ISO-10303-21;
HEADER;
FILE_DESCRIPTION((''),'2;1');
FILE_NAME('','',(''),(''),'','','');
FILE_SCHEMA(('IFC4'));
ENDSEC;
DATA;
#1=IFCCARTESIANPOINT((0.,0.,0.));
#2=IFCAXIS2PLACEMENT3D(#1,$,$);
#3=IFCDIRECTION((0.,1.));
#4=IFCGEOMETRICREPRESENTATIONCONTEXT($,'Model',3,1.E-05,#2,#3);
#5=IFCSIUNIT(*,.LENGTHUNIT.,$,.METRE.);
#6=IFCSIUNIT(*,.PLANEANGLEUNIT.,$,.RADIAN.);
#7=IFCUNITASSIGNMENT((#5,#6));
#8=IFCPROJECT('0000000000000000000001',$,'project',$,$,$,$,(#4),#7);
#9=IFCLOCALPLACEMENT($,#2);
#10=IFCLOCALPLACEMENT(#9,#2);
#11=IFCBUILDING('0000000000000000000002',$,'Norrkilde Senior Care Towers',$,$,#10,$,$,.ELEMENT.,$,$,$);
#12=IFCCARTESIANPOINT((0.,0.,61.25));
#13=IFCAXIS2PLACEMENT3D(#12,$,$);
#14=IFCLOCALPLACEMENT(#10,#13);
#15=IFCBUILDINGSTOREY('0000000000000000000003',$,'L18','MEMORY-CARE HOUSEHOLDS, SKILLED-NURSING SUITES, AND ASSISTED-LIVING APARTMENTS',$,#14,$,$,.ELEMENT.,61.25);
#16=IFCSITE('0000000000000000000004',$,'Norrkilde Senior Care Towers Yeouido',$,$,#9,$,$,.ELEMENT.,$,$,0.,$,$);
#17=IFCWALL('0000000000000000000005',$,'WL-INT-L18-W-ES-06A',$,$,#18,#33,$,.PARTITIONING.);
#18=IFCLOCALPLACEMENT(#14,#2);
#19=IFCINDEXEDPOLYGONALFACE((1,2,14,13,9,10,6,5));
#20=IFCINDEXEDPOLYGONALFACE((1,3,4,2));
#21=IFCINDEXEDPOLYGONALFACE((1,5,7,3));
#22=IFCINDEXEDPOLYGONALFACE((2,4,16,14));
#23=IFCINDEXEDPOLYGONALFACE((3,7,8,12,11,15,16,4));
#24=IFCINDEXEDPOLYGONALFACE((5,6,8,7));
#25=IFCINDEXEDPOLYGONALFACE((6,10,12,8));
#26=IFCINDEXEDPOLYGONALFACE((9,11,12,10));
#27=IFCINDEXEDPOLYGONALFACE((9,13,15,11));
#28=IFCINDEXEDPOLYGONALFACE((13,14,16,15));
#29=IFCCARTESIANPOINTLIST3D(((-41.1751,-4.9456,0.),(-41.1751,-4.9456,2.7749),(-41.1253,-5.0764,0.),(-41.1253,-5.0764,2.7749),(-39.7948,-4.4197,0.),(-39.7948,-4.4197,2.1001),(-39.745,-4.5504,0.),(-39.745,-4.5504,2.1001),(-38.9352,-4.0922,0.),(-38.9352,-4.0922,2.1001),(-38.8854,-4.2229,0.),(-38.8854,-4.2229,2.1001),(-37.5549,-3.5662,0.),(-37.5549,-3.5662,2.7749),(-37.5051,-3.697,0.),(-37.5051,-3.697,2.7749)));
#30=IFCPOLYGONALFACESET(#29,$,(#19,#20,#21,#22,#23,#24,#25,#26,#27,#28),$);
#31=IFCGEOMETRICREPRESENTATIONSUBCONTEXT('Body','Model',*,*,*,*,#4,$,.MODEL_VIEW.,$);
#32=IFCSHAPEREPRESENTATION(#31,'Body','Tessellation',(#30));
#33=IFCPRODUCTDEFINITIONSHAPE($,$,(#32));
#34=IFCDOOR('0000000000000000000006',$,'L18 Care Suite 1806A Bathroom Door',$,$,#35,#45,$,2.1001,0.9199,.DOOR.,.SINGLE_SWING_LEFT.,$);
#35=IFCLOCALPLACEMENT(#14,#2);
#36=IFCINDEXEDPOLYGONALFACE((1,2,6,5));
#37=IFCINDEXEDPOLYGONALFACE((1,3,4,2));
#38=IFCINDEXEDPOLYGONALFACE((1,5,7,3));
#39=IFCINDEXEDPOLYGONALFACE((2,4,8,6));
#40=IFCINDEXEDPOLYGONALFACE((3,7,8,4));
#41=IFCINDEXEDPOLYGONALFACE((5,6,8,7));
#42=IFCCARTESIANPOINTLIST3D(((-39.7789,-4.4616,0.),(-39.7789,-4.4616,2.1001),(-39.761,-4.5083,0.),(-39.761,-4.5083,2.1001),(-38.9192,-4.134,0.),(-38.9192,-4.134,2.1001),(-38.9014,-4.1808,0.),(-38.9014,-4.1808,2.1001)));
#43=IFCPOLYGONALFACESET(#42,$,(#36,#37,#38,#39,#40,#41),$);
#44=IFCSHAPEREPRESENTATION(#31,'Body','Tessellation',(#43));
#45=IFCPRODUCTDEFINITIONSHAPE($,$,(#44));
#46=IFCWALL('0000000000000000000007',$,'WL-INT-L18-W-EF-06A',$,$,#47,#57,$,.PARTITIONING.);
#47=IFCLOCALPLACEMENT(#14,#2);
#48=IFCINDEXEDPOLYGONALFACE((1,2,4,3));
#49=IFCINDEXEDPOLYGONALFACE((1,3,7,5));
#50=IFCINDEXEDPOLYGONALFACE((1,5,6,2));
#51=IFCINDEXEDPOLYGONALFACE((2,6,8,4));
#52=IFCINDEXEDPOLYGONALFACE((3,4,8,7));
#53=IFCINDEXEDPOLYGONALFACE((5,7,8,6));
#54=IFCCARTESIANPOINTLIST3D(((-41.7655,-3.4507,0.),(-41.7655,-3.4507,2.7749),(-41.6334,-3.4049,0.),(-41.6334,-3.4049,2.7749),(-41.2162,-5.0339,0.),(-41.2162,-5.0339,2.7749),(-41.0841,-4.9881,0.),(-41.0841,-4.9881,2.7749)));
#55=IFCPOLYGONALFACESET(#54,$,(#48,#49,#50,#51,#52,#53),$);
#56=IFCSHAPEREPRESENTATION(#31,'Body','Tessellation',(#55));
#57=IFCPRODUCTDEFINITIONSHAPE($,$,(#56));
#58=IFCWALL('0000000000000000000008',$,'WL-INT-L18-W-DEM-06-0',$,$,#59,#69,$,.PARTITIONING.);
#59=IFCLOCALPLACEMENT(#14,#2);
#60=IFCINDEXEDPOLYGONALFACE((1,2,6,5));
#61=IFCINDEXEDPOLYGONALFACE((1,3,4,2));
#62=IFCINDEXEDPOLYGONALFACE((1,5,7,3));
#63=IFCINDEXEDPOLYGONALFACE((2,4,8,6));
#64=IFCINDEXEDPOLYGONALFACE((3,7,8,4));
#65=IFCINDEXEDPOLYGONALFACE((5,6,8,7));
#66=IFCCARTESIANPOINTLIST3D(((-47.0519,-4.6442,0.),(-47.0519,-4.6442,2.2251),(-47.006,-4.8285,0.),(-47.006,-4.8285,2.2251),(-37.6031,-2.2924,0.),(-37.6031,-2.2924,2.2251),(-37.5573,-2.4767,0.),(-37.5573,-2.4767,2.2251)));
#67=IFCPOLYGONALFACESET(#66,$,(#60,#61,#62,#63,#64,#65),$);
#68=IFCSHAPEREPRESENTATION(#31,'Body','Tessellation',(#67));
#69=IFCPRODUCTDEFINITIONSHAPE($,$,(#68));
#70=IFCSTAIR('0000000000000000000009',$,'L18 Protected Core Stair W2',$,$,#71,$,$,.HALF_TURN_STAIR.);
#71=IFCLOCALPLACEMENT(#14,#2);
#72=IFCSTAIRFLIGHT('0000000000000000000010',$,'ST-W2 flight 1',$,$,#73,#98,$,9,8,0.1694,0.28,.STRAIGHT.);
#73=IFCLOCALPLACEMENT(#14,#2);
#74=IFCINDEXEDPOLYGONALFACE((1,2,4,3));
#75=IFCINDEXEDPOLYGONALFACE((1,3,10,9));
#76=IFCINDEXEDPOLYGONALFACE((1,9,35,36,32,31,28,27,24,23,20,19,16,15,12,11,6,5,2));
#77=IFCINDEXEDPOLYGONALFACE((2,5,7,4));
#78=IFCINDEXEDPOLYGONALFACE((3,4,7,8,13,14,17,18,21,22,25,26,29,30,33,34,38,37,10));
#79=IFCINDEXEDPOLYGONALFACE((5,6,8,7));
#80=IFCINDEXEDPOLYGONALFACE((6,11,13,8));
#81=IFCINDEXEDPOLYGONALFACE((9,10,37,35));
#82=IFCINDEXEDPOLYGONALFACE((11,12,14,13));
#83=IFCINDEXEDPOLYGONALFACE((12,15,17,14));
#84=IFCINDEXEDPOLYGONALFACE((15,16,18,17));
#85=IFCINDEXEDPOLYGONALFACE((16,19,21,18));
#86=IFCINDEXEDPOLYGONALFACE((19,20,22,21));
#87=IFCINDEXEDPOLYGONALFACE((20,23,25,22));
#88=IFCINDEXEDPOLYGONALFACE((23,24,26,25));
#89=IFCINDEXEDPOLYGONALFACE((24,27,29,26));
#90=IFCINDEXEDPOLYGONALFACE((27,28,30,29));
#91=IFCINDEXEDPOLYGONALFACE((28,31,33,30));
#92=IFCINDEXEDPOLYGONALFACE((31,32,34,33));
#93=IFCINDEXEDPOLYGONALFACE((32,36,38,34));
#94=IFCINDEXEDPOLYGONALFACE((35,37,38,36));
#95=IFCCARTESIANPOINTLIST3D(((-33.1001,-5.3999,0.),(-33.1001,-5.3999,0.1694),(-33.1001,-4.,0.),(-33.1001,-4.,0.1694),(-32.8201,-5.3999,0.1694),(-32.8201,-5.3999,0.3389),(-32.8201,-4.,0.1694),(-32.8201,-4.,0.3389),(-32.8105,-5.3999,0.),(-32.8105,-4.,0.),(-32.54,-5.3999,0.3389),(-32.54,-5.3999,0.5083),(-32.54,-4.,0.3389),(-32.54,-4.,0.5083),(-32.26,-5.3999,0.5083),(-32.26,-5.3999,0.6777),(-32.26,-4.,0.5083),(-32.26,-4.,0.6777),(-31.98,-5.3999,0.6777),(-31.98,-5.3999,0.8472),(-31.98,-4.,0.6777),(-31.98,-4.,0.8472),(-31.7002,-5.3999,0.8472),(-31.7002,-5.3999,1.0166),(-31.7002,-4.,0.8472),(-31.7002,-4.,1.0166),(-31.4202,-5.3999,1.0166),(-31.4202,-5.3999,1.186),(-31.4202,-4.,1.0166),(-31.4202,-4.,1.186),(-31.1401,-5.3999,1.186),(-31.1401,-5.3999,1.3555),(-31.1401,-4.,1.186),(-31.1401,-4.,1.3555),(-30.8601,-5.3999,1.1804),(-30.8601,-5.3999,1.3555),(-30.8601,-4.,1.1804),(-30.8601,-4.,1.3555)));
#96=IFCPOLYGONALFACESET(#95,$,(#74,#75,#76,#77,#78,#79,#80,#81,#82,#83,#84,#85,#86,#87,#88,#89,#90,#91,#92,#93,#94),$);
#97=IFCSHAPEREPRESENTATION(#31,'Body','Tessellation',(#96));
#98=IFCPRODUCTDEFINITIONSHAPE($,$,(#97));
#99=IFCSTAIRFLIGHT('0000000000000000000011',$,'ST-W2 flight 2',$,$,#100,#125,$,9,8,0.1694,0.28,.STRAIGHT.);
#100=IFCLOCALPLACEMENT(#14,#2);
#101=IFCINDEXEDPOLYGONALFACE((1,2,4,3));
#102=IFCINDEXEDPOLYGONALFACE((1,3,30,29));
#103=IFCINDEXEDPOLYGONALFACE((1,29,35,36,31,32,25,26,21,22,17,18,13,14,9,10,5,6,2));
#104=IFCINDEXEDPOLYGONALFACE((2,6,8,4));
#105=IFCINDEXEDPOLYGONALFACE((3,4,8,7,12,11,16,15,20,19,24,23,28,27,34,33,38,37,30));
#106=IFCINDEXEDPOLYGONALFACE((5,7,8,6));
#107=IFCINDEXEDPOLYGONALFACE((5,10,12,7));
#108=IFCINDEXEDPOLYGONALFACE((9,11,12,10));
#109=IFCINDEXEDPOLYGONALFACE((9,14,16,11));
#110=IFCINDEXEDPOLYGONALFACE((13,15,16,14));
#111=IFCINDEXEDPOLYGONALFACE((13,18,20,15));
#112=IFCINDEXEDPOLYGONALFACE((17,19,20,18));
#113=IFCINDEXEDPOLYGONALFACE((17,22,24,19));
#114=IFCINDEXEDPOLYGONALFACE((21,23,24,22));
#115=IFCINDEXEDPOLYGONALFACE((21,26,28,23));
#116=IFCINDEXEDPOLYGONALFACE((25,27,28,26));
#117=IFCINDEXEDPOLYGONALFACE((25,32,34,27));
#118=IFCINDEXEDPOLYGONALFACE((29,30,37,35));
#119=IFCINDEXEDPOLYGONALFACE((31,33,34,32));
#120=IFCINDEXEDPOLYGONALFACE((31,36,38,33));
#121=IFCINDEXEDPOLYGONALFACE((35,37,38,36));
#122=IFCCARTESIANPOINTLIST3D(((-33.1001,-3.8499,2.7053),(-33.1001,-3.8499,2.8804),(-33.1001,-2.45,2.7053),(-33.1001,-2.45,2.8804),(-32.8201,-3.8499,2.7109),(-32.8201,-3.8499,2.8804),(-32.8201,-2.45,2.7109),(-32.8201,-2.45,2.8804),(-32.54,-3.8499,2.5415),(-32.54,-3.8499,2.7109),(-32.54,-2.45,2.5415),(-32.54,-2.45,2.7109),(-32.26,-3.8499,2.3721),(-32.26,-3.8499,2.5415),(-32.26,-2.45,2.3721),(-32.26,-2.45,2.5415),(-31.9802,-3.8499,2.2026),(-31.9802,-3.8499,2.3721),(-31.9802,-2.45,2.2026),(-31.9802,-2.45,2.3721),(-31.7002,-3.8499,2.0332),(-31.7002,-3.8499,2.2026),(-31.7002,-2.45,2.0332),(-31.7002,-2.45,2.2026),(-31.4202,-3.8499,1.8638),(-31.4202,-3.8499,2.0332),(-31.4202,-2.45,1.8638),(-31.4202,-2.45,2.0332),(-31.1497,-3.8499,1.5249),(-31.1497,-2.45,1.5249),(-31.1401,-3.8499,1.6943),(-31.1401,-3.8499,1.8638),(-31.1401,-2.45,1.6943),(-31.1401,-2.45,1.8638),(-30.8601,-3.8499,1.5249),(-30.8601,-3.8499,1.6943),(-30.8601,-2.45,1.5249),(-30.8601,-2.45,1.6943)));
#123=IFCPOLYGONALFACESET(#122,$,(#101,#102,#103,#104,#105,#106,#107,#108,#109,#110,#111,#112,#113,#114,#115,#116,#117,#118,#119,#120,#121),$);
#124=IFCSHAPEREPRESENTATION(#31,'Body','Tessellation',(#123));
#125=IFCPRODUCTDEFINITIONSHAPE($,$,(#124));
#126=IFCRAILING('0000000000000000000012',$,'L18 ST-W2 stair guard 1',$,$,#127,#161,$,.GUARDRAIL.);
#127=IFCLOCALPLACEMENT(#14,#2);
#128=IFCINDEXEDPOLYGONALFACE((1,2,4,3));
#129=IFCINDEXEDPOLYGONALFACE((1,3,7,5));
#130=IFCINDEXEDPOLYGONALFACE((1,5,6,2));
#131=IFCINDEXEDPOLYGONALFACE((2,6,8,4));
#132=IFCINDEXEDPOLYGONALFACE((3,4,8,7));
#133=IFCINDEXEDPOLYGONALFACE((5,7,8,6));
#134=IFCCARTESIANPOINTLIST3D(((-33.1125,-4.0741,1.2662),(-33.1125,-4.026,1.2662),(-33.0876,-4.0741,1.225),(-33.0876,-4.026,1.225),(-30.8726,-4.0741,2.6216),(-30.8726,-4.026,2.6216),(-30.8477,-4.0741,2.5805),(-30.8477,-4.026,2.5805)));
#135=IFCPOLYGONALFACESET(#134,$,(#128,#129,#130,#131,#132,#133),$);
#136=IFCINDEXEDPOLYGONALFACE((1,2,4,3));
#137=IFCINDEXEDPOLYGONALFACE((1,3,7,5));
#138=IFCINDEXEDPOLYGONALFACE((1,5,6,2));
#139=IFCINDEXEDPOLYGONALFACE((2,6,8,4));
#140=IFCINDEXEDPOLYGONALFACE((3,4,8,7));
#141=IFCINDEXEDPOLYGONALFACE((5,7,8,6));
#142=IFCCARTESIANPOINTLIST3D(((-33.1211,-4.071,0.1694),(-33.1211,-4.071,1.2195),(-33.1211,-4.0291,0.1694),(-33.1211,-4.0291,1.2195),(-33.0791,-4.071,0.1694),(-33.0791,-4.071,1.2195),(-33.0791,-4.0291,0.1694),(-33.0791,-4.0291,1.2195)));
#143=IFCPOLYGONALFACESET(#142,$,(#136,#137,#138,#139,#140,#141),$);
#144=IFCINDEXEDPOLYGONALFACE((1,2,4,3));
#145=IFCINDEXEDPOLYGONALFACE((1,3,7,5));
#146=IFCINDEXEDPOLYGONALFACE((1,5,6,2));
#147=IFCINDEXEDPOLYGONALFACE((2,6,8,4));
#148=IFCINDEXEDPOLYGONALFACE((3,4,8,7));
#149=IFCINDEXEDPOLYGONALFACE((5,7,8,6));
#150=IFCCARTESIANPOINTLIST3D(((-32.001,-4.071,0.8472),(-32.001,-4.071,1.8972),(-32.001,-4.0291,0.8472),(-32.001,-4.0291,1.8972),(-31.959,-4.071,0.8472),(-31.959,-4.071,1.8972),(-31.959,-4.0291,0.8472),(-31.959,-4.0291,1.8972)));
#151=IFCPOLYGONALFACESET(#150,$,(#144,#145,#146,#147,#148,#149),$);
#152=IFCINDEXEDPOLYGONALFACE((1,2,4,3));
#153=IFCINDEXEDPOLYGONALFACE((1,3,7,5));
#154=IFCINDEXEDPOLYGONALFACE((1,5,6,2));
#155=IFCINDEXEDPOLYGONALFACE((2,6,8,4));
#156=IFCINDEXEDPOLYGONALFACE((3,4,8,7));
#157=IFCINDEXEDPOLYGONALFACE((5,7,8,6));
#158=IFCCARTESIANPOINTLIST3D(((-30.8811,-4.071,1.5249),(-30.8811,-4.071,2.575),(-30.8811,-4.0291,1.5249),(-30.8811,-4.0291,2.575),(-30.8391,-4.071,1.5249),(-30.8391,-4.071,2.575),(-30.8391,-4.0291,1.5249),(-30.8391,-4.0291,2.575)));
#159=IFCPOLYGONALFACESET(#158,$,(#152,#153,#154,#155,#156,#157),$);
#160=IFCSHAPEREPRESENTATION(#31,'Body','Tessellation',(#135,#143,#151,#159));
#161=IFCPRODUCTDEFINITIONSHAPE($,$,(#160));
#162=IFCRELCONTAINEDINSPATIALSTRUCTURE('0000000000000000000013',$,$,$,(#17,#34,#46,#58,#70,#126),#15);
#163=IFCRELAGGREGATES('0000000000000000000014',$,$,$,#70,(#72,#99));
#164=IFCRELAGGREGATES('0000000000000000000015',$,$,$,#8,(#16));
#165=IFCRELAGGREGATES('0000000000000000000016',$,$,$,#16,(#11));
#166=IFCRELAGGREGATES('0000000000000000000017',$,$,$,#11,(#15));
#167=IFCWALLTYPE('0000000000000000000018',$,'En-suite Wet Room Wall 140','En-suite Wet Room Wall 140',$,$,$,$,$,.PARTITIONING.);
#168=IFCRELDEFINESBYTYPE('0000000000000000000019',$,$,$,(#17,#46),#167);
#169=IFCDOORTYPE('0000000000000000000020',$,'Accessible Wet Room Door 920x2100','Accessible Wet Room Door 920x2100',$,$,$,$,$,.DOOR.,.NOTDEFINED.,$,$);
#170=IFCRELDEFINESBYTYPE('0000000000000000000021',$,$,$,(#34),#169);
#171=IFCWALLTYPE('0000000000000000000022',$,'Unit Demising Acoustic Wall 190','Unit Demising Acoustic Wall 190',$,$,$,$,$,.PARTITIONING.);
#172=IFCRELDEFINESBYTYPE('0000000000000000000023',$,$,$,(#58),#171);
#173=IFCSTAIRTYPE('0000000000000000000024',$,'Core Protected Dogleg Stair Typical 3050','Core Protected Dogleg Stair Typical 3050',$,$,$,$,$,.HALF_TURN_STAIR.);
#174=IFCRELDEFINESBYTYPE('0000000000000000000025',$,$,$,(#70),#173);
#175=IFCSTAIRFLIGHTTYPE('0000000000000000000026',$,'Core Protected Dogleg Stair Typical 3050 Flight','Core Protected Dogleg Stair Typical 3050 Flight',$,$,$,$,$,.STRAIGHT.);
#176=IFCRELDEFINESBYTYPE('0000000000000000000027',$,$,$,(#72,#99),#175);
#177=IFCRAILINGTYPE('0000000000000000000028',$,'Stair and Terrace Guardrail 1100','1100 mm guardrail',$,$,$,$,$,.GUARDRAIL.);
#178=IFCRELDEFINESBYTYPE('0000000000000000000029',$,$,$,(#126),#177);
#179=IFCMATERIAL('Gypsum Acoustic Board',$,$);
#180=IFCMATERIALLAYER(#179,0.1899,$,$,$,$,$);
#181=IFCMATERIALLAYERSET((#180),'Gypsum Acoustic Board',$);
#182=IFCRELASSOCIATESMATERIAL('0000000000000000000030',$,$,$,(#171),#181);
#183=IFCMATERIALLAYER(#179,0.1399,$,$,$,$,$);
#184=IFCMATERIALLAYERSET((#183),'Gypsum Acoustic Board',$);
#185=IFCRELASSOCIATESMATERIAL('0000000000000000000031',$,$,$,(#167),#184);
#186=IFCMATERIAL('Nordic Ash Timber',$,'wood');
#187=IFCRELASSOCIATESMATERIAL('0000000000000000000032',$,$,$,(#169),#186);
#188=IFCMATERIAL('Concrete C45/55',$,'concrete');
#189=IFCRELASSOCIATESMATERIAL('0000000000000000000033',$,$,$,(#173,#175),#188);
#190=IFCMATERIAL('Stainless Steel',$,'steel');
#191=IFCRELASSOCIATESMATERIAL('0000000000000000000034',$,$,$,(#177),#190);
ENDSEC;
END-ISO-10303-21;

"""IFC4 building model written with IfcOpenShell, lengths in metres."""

from ifc_helpers import new_model, si_unit, direction, frame, frame_2d, origin, origin_2d, place, context, subcontext, project, spatial, polyline, rectangle, outline, extrude, source, transform, mapped, material, layer, layer_set, type_object, type_shapes, element, fill, aggregate, save


model = new_model("IFC4")

# Units and contexts
model_context = context("Model", 3, precision=1e-05, world=origin(), true_north=direction((0.0, 1.0)))
body_context = subcontext(model_context, "Body", "Model", "MODEL_VIEW")
ifc_project = project(units=[si_unit("LENGTHUNIT", "METRE"), si_unit("PLANEANGLEUNIT", "RADIAN")], contexts=[model_context])

# Site, building, storey
site_placement = place(None, origin())
site = spatial("IfcSite", under=ifc_project, at=site_placement, Name="Norrkilde Senior Care Towers Yeouido", CompositionType="ELEMENT", RefElevation=0.0)
building_placement = place(site_placement, origin())
building = spatial("IfcBuilding", under=site, at=building_placement, Name="Norrkilde Senior Care Towers", CompositionType="ELEMENT")
storey_placement = place(building_placement, frame((0.0, 0.0, 61.25)))
storey = spatial("IfcBuildingStorey", under=building, at=storey_placement, Name="L18", Description="MEMORY-CARE HOUSEHOLDS, SKILLED-NURSING SUITES, AND ASSISTED-LIVING APARTMENTS", CompositionType="ELEMENT", Elevation=61.25)

# Shared definitions
ifc_material_1 = material(Name="Concrete C45/55", Category="concrete")
ifc_material_2 = material(Name="Stainless Steel", Category="steel")

# Shared definitions
ifc_material_3 = material(Name="Gypsum Acoustic Board")
ifc_layer_1 = layer(ifc_material_3, 0.1899)
ifc_layer_set_1 = layer_set([ifc_layer_1], Name="Gypsum Acoustic Board")
wall_type_1 = type_object("IfcWallType", Name="Unit Demising Acoustic Wall 190", Description="Unit Demising Acoustic Wall 190", PredefinedType="PARTITIONING", material=ifc_layer_set_1)

# Wall, opening, door
ifc_layer_2 = layer(ifc_material_3, 0.1399)
ifc_layer_set_2 = layer_set([ifc_layer_2], Name="Gypsum Acoustic Board")
wall_type_2 = type_object("IfcWallType", Name="En-suite Wet Room Wall 140", Description="En-suite Wet Room Wall 140", PredefinedType="PARTITIONING", material=ifc_layer_set_2)
shared_shape_1 = source(origin(), body_context, "Body", "SweptSolid", [
    extrude(rectangle(XDim=3.874, YDim=0.1399, at=frame_2d((1.937, 0.0))), origin(), (0.0, 0.0, 1.0), 2.7749),
])
wall_1_placement = place(storey_placement, frame((-37.53, -3.6316, 0.0), z_axis=(0.0, 0.0, 1.0), x_axis=(-0.934462, -0.356063, 0.0)))
wall_1 = element("IfcWall", 1, at=wall_1_placement, inside=storey, type_object=wall_type_2, Name="WL-INT-L18-W-ES-06A", PredefinedType="PARTITIONING", context=body_context, shape_type="MappedRepresentation", body=[
    mapped(shared_shape_1, transform((0.0, 0.0, 0.0), x_axis=(1.0, 0.0, 0.0), y_axis=(0.0, 1.0, 0.0), z_axis=(0.0, 0.0, 1.0), scale=1.0)),
])
opening_1_placement = place(wall_1_placement, frame((1.4771, 0.0, 0.0)))
opening_1 = element("IfcOpeningElement", 2, at=opening_1_placement, cuts=wall_1, PredefinedType="OPENING", context=body_context, shape_type="SweptSolid", body=[
    extrude(rectangle(XDim=0.9199, YDim=2.1001, at=frame_2d((0.46, 1.05))), frame((0.0, 0.0798, 0.0), z_axis=(0.0, -1.0, 0.0), x_axis=(1.0, 0.0, 0.0)), (0.0, 0.0, 1.0), 0.1599),
])
ifc_material_4 = material(Name="Nordic Ash Timber", Category="wood")
door_type_1 = type_object("IfcDoorType", Name="Accessible Wet Room Door 920x2100", Description="Accessible Wet Room Door 920x2100", OperationType="NOTDEFINED", PredefinedType="DOOR", material=ifc_material_4)
shared_shape_2 = source(origin(), body_context, "Body", "SweptSolid", [
    extrude(rectangle(XDim=0.9199, YDim=2.1001, at=frame_2d((0.46, 1.05))), frame((0.0, 0.0249, 0.0), z_axis=(0.0, -1.0, 0.0), x_axis=(1.0, 0.0, 0.0)), (0.0, 0.0, 1.0), 0.05),
])
type_shapes(door_type_1, [shared_shape_2])
door_1_placement = place(opening_1_placement, origin())
door_1 = element("IfcDoor", 3, at=door_1_placement, inside=storey, type_object=door_type_1, Name="L18 Care Suite 1806A Bathroom Door", OperationType="SINGLE_SWING_LEFT", OverallHeight=2.1001, OverallWidth=0.9199, PredefinedType="DOOR", context=body_context, shape_type="MappedRepresentation", body=[
    mapped(shared_shape_2, transform((0.0, 0.0, 0.0), x_axis=(1.0, 0.0, 0.0), y_axis=(0.0, 1.0, 0.0), z_axis=(0.0, 0.0, 1.0), scale=1.0)),
])
fill(opening_1, door_1)

# Wall
shared_shape_3 = source(origin(), body_context, "Body", "SweptSolid", [
    extrude(rectangle(XDim=1.6758, YDim=0.1399, at=frame_2d((0.8379, 0.0))), origin(), (0.0, 0.0, 1.0), 2.7749),
])
type_shapes(wall_type_2, [shared_shape_1, shared_shape_3])
wall_2_placement = place(storey_placement, frame((-41.1501, -5.011, 0.0), z_axis=(0.0, 0.0, 1.0), x_axis=(-0.327786, 0.944752, 0.0)))
element("IfcWall", 4, at=wall_2_placement, inside=storey, type_object=wall_type_2, Name="WL-INT-L18-W-EF-06A", PredefinedType="PARTITIONING", context=body_context, shape_type="MappedRepresentation", body=[
    mapped(shared_shape_3, transform((0.0, 0.0, 0.0), x_axis=(1.0, 0.0, 0.0), y_axis=(0.0, 1.0, 0.0), z_axis=(0.0, 0.0, 1.0), scale=1.0)),
])

# Wall
shared_shape_4 = source(origin(), body_context, "Body", "SweptSolid", [
    extrude(rectangle(XDim=9.7371, YDim=0.1899, at=frame_2d((4.8687, 0.0))), origin(), (0.0, 0.0, 1.0), 2.2251),
])
wall_3_placement = place(storey_placement, frame((-37.5801, -2.3845, 0.0), z_axis=(0.0, 0.0, 1.0), x_axis=(-0.970393, -0.241533, 0.0)))
element("IfcWall", 5, at=wall_3_placement, inside=storey, type_object=wall_type_1, Name="WL-INT-L18-W-DEM-06-0", PredefinedType="PARTITIONING", context=body_context, shape_type="MappedRepresentation", body=[
    mapped(shared_shape_4, transform((0.0, 0.0, 0.0), x_axis=(1.0, 0.0, 0.0), y_axis=(0.0, 1.0, 0.0), z_axis=(0.0, 0.0, 1.0), scale=1.0)),
])

# Stair, stair flights
stair_type = type_object("IfcStairType", Name="Core Protected Dogleg Stair Typical 3050", Description="Core Protected Dogleg Stair Typical 3050", PredefinedType="HALF_TURN_STAIR", material=ifc_material_1)
stair_placement = place(storey_placement, origin())
stair = element("IfcStair", 6, at=stair_placement, inside=storey, type_object=stair_type, Name="L18 Protected Core Stair W2", PredefinedType="HALF_TURN_STAIR")
stair_flight_type = type_object("IfcStairFlightType", Name="Core Protected Dogleg Stair Typical 3050 Flight", Description="Core Protected Dogleg Stair Typical 3050 Flight", PredefinedType="STRAIGHT", material=ifc_material_1)
stair_flight_1_placement = place(storey_placement, frame((-33.1001, -4.7, 0.0), z_axis=(0.0, 0.0, 1.0), x_axis=(1.0, 0.0, 0.0)))
stair_flight_1 = element("IfcStairFlight", 7, at=stair_flight_1_placement, type_object=stair_flight_type, Name="ST-W2 flight 1", NumberOfRisers=9, NumberOfTreads=8, PredefinedType="STRAIGHT", RiserHeight=0.1694, TreadLength=0.28, context=body_context, shape_type="SweptSolid", body=[
    extrude(outline(polyline([(0.0, 0.0), (0.0, 0.1694), (0.28, 0.1694), (0.28, 0.3389), (0.5601, 0.3389), (0.5601, 0.5083), (0.8401, 0.5083), (0.8401, 0.6777), (1.1201, 0.6777), (1.1201, 0.8472), (1.3999, 0.8472), (1.3999, 1.0166), (1.6799, 1.0166), (1.6799, 1.186), (1.96, 1.186), (1.96, 1.3555), (2.24, 1.3555), (2.24, 1.5249), (2.24, 1.1804), (0.2896, 0.0), (0.0, 0.0)])), frame((0.0, 0.7, 0.0), z_axis=(0.0, -1.0, 0.0), x_axis=(1.0, 0.0, 0.0)), (0.0, 0.0, 1.0), 1.3999),
])
stair_flight_2_placement = place(storey_placement, frame((-30.8601, -3.1499, 1.5249), z_axis=(0.0, 0.0, 1.0), x_axis=(-1.0, 0.0, 0.0)))
stair_flight_2 = element("IfcStairFlight", 8, at=stair_flight_2_placement, type_object=stair_flight_type, Name="ST-W2 flight 2", NumberOfRisers=9, NumberOfTreads=8, PredefinedType="STRAIGHT", RiserHeight=0.1694, TreadLength=0.28, context=body_context, shape_type="SweptSolid", body=[
    extrude(outline(polyline([(0.0, 0.0), (0.0, 0.1694), (0.28, 0.1694), (0.28, 0.3389), (0.5601, 0.3389), (0.5601, 0.5083), (0.8401, 0.5083), (0.8401, 0.6777), (1.1201, 0.6777), (1.1201, 0.8472), (1.3999, 0.8472), (1.3999, 1.0166), (1.6799, 1.0166), (1.6799, 1.186), (1.96, 1.186), (1.96, 1.3555), (2.24, 1.3555), (2.24, 1.5249), (2.24, 1.1804), (0.2896, 0.0), (0.0, 0.0)])), frame((0.0, 0.7, 0.0), z_axis=(0.0, -1.0, 0.0), x_axis=(1.0, 0.0, 0.0)), (0.0, 0.0, 1.0), 1.3999),
])
aggregate(stair, [stair_flight_1, stair_flight_2])

# Railing
railing_type_1 = type_object("IfcRailingType", Name="Stair and Terrace Guardrail 1100", Description="1100 mm guardrail", PredefinedType="GUARDRAIL", material=ifc_material_2)
railing_1_placement = place(storey_placement, frame((-33.1001, -4.05, 0.1694)))
element("IfcRailing", 9, at=railing_1_placement, inside=storey, type_object=railing_type_1, Name="L18 ST-W2 stair guard 1", PredefinedType="GUARDRAIL", context=body_context, shape_type="SweptSolid", body=[
    extrude(rectangle(XDim=0.0481, YDim=0.0481, at=origin_2d()), frame((0.0, 0.0, 1.0762), z_axis=(0.855553, 0.0, 0.517715), x_axis=(0.0, 1.0, 0.0)), (0.0, 0.0, 1.0), 2.6182),
    extrude(rectangle(XDim=0.042, YDim=0.042, at=origin_2d()), origin(), (0.0, 0.0, 1.0), 1.05),
    extrude(rectangle(XDim=0.042, YDim=0.042, at=origin_2d()), frame((1.1201, 0.0, 0.6777)), (0.0, 0.0, 1.0), 1.05),
    extrude(rectangle(XDim=0.042, YDim=0.042, at=origin_2d()), frame((2.24, 0.0, 1.3555)), (0.0, 0.0, 1.0), 1.05),
])

save(model, "model.ifc")
